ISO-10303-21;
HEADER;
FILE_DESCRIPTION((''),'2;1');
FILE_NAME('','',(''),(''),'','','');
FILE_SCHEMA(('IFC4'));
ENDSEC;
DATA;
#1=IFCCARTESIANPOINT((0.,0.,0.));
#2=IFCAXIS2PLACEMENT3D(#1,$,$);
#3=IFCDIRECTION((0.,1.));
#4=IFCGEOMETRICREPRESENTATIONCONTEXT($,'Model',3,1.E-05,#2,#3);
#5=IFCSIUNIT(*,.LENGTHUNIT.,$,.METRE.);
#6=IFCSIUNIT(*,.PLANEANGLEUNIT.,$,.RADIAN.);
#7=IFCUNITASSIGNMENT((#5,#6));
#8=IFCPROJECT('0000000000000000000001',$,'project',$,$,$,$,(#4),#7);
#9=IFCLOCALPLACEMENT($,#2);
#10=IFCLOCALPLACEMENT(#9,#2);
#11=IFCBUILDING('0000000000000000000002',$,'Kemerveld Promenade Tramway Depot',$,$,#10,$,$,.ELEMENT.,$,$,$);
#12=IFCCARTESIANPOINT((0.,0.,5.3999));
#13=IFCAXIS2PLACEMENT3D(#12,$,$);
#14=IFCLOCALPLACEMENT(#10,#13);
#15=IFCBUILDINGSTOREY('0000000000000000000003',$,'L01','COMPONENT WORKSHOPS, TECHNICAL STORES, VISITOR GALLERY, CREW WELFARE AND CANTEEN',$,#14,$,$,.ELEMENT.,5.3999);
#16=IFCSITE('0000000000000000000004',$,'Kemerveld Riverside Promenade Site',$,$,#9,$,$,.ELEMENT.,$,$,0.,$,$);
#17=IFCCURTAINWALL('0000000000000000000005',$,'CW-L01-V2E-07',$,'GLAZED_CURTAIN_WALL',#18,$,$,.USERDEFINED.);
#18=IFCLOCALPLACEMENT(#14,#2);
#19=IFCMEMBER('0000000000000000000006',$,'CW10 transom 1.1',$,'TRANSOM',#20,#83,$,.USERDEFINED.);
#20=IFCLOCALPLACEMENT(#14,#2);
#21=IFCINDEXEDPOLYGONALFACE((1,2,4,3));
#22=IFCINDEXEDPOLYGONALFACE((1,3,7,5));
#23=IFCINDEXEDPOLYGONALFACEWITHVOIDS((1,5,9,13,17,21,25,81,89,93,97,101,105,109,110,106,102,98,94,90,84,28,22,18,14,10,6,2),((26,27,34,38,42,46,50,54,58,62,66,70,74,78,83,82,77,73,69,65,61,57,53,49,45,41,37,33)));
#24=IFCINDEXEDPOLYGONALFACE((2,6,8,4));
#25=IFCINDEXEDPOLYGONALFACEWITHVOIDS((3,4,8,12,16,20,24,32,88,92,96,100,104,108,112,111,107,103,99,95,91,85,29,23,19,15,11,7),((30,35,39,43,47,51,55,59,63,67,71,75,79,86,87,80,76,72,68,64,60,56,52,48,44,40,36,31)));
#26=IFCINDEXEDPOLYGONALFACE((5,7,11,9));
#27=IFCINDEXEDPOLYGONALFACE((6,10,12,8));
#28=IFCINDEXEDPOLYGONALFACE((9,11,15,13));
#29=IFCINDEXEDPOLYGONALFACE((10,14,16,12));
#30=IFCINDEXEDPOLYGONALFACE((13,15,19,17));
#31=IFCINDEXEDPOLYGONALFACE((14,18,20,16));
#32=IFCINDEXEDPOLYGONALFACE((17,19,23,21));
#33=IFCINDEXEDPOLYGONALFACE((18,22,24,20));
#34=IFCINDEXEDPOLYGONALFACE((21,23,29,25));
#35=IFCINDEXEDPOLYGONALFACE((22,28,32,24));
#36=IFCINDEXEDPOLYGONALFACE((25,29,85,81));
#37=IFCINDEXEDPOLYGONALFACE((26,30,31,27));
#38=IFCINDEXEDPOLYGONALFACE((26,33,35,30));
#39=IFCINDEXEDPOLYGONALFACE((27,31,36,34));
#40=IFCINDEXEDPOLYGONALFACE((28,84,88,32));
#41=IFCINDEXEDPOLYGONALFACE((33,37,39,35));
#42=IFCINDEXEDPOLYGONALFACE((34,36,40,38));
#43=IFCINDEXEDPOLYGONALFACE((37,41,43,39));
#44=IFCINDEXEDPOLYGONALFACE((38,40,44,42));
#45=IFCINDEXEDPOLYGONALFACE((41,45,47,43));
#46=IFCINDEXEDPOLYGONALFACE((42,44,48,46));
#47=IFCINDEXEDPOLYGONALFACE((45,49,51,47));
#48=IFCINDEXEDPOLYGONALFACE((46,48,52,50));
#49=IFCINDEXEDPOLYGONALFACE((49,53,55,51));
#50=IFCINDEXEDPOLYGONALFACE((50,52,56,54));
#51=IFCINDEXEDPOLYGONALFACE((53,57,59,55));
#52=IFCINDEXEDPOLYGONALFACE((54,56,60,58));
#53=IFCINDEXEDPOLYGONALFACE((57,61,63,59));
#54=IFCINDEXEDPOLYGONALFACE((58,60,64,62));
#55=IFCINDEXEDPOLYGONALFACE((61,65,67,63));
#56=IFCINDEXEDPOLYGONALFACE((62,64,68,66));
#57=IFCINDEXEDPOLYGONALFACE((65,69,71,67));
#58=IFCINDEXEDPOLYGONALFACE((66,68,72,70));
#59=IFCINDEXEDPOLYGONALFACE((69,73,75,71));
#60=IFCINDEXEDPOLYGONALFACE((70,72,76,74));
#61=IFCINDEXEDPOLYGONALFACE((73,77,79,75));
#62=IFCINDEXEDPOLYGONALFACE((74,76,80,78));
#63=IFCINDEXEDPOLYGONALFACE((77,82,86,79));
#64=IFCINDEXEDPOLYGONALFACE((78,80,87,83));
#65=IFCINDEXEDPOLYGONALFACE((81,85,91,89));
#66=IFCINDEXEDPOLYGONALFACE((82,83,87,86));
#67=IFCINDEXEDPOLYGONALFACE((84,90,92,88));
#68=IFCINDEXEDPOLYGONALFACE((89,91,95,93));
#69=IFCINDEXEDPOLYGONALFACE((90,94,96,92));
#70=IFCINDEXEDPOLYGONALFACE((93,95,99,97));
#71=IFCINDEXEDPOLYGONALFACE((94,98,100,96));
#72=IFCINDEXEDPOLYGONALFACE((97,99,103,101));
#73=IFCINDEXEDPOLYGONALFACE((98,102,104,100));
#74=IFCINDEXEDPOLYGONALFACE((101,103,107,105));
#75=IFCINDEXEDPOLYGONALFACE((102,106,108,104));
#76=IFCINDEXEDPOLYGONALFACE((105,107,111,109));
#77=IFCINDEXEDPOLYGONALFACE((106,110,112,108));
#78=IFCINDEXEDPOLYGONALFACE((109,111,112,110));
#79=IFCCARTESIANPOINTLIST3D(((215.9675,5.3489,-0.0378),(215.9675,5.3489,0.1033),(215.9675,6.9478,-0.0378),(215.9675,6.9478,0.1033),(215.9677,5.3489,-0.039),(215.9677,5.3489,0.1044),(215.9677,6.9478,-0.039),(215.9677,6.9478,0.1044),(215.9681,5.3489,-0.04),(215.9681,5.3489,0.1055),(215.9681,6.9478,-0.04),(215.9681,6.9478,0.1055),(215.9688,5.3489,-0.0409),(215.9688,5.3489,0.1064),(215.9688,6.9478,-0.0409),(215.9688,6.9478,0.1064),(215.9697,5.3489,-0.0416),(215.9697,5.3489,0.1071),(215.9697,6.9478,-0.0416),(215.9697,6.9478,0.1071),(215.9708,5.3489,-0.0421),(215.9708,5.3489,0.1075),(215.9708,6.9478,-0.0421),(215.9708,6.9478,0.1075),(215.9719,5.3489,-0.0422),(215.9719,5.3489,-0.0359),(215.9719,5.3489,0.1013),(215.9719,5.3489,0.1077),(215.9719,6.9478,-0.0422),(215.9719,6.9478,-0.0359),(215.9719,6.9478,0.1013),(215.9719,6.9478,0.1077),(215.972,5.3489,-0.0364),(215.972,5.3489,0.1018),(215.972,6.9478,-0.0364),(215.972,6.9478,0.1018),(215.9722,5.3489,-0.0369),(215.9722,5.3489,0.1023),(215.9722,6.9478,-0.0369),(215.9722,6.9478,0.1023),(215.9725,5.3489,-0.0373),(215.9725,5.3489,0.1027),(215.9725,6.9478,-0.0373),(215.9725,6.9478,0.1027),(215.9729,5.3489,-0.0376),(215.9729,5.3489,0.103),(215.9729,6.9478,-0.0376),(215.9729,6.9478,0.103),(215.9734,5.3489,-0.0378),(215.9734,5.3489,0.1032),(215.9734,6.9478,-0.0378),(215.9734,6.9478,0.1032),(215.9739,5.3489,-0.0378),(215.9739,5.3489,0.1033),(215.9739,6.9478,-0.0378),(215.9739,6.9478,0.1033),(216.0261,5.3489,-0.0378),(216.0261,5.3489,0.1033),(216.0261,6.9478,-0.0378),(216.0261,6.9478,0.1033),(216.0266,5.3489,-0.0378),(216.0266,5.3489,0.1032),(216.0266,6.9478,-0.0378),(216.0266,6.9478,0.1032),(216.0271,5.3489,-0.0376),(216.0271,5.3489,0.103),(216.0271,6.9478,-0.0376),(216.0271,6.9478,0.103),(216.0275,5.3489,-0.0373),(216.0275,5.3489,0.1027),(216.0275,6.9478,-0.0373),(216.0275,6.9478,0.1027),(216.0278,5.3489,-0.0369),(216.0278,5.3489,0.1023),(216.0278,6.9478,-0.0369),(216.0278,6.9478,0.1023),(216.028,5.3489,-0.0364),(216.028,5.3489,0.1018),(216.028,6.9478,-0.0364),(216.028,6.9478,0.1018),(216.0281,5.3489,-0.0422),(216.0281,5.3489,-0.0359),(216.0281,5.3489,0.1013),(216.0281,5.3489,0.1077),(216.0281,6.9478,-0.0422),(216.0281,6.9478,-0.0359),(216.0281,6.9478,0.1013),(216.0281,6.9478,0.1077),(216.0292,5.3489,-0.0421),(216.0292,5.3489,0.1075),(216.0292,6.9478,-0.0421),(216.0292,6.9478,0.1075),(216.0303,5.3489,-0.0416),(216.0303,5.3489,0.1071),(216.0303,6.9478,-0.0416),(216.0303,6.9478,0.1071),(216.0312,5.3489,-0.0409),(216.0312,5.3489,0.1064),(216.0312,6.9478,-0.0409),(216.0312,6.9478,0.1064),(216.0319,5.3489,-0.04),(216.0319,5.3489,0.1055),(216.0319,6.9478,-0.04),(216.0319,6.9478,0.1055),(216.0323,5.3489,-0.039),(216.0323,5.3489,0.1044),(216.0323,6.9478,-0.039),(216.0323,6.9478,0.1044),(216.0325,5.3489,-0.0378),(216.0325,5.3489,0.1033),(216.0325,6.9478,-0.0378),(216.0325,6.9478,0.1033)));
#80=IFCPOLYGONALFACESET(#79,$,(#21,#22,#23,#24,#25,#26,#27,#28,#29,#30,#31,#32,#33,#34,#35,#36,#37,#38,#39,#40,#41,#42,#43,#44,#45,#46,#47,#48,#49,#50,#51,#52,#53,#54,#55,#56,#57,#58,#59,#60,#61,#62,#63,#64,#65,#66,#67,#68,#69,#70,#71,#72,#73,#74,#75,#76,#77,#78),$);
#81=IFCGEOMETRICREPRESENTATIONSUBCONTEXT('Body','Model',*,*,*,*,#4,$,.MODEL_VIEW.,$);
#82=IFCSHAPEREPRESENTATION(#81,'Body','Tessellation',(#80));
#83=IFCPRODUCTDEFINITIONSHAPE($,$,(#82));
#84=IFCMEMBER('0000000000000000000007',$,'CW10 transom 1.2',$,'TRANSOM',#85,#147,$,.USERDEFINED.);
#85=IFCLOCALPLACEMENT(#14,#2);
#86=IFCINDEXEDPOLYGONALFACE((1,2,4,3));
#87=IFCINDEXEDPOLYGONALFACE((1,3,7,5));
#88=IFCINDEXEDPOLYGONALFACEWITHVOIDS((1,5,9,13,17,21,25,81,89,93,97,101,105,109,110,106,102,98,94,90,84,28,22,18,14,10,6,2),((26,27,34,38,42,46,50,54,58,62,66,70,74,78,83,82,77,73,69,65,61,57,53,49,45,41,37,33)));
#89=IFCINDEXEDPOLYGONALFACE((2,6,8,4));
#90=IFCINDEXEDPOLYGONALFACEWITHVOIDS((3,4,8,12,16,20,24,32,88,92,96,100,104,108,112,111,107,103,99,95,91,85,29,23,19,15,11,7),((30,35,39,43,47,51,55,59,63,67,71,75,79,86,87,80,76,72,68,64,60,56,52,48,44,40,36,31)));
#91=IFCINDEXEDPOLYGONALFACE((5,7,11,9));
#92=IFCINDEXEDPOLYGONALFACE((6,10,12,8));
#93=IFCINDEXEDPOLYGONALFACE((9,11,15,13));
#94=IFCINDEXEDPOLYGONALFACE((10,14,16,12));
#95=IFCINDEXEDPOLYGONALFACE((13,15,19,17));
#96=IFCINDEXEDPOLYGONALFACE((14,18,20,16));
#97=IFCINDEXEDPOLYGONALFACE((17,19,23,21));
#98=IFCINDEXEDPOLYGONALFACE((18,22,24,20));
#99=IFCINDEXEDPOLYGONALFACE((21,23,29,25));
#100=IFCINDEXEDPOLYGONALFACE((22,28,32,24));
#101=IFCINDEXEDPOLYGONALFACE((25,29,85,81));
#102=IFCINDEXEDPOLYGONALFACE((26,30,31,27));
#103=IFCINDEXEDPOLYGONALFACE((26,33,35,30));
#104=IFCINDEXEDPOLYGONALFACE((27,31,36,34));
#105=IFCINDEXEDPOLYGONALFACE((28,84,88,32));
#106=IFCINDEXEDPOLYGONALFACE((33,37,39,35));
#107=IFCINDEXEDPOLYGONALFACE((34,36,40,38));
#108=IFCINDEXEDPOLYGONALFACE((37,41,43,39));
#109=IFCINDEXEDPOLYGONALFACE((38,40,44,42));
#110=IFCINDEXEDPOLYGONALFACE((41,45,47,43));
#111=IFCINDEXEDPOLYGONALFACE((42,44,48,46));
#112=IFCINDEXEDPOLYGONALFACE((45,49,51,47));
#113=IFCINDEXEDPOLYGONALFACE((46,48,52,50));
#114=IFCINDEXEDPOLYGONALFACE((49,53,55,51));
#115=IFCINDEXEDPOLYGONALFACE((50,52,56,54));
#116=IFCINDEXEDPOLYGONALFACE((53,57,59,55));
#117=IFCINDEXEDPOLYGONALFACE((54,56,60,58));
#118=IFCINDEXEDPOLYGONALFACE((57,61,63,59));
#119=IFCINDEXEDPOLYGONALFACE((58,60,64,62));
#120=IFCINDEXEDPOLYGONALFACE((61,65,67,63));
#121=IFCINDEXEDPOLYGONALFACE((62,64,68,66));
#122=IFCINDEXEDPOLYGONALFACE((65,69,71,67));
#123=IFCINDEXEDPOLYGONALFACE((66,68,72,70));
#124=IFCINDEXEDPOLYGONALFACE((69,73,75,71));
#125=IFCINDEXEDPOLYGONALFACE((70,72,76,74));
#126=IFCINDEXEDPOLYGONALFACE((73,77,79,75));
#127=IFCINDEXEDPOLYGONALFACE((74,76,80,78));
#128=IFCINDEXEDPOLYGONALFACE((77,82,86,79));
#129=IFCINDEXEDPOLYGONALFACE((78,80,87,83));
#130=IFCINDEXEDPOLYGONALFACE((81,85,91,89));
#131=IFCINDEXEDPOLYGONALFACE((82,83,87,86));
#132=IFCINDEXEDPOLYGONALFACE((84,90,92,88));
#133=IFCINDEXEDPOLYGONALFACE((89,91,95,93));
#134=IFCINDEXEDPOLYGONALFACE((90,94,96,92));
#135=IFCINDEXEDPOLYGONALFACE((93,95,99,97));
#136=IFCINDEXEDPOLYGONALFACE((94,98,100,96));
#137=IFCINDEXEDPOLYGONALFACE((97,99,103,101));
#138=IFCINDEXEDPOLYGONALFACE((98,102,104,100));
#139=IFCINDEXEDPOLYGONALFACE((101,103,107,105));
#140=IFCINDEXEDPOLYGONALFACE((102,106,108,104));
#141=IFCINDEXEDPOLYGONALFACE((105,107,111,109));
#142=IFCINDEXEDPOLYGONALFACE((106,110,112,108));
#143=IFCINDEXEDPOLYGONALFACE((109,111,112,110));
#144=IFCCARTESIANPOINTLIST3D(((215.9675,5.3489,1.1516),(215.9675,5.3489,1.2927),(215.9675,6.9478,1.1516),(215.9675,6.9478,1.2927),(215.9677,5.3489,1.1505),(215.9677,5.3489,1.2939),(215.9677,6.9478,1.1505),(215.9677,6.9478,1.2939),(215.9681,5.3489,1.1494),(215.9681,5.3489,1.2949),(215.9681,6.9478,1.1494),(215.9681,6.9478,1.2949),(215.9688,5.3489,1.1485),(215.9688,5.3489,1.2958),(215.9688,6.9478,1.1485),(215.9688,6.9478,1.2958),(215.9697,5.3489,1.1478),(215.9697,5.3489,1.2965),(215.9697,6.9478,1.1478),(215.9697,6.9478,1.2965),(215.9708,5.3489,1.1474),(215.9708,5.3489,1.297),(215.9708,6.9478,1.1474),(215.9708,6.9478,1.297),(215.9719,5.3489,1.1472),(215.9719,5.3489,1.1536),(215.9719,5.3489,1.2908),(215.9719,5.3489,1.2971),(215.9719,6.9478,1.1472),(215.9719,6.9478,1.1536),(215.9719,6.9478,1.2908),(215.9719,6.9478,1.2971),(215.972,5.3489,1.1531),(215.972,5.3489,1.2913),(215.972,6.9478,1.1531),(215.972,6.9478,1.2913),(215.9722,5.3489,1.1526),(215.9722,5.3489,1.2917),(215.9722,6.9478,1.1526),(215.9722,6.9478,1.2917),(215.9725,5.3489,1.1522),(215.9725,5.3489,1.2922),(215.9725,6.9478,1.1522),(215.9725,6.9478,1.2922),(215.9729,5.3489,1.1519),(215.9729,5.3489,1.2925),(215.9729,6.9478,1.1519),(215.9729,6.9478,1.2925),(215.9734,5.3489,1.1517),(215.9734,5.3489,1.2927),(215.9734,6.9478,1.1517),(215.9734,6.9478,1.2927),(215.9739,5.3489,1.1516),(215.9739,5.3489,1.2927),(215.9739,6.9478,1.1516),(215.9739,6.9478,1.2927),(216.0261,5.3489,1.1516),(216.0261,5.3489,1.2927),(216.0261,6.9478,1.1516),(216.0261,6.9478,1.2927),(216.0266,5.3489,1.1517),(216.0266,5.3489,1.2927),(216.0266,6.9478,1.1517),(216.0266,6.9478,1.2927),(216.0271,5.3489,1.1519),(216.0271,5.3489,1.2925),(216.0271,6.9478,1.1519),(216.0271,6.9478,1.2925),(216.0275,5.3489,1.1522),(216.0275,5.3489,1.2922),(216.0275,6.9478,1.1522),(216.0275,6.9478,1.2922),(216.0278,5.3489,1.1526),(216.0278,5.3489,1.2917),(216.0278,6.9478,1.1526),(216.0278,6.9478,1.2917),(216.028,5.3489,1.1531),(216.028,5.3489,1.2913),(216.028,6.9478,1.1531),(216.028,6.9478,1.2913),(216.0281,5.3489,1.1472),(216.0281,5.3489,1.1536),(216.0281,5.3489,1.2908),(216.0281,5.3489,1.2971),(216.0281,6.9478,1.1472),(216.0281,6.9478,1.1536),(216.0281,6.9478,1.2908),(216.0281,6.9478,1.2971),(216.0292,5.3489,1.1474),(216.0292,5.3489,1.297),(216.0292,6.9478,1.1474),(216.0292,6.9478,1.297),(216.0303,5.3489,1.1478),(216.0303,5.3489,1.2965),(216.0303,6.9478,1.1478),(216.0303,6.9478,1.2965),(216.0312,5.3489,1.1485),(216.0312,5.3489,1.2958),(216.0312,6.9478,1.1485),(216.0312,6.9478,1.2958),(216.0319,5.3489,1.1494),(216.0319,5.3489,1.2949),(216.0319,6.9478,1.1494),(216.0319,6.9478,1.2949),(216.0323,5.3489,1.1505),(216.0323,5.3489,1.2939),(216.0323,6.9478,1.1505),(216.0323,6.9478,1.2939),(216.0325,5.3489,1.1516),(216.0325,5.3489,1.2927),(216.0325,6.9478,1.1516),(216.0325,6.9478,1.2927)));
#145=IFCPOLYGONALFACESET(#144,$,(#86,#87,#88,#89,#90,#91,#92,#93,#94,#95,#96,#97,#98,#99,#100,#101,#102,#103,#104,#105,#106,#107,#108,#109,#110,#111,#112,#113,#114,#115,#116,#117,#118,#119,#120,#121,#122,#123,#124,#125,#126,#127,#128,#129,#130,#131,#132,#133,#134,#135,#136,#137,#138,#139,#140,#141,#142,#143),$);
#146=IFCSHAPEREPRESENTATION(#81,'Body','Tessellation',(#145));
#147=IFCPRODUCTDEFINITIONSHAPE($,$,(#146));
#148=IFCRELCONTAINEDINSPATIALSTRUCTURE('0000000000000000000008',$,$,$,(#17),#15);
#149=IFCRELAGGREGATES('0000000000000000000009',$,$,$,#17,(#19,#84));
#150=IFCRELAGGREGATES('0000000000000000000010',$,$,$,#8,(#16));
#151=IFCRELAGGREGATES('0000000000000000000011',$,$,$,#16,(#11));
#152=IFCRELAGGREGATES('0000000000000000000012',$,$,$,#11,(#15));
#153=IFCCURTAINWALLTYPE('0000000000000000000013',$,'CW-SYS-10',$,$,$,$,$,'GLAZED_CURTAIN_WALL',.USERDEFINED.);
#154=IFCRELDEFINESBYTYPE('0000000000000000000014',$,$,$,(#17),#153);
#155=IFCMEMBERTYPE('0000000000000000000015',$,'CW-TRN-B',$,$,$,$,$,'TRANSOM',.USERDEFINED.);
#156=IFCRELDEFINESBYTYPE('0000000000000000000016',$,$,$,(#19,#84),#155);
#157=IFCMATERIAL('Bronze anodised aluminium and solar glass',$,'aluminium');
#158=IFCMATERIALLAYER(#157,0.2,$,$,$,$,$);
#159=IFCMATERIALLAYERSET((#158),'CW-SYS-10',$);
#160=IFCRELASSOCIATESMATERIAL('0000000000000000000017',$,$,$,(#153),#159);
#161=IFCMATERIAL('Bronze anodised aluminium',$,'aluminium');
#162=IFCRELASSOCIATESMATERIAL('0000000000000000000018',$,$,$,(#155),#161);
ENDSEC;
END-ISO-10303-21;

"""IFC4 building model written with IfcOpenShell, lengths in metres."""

from ifc_helpers import new_model, si_unit, direction, frame, origin, origin_2d, place, context, subcontext, project, spatial, hollow_rectangle, extrude, material, layer, layer_set, material_profile, profile_set, type_object, element, aggregate, save


model = new_model("IFC4")

# Units and contexts
model_context = context("Model", 3, precision=1e-05, world=origin(), true_north=direction((0.0, 1.0)))
body_context = subcontext(model_context, "Body", "Model", "MODEL_VIEW")
ifc_project = project(units=[si_unit("LENGTHUNIT", "METRE"), si_unit("PLANEANGLEUNIT", "RADIAN")], contexts=[model_context])

# Site, building, storey
site_placement = place(None, origin())
site = spatial("IfcSite", under=ifc_project, at=site_placement, Name="Kemerveld Riverside Promenade Site", CompositionType="ELEMENT", RefElevation=0.0)
building_placement = place(site_placement, origin())
building = spatial("IfcBuilding", under=site, at=building_placement, Name="Kemerveld Promenade Tramway Depot", CompositionType="ELEMENT")
storey_placement = place(building_placement, frame((0.0, 0.0, 5.3999)))
storey = spatial("IfcBuildingStorey", under=building, at=storey_placement, Name="L01", Description="COMPONENT WORKSHOPS, TECHNICAL STORES, VISITOR GALLERY, CREW WELFARE AND CANTEEN", CompositionType="ELEMENT", Elevation=5.3999)

# Curtain wall, members
ifc_material_1 = material(Name="Bronze anodised aluminium and solar glass", Category="aluminium")
ifc_layer_1 = layer(ifc_material_1, 0.2)
ifc_layer_set_1 = layer_set([ifc_layer_1], Name="CW-SYS-10")
curtain_wall_type = type_object("IfcCurtainWallType", Name="CW-SYS-10", ElementType="GLAZED_CURTAIN_WALL", PredefinedType="USERDEFINED", material=ifc_layer_set_1)
curtain_wall_placement = place(storey_placement, origin())
curtain_wall = element("IfcCurtainWall", 1, at=curtain_wall_placement, inside=storey, type_object=curtain_wall_type, Name="CW-L01-V2E-07", ObjectType="GLAZED_CURTAIN_WALL", PredefinedType="USERDEFINED")
ifc_material_2 = material(Name="Bronze anodised aluminium", Category="aluminium")
ifc_material_profile_1 = material_profile(ifc_material_2, hollow_rectangle(XDim=0.0649, YDim=0.1499, WallThickness=0.0044, InnerFilletRadius=0.002, OuterFilletRadius=0.0044, at=origin_2d()), Name="CW-TRN-150x65")
ifc_profile_set_1 = profile_set([ifc_material_profile_1], Name="Bronze anodised aluminium")
member_type_1 = type_object("IfcMemberType", Name="CW-TRN-B", ElementType="TRANSOM", PredefinedType="USERDEFINED", material=ifc_profile_set_1)
member_1_placement = place(storey_placement, frame((216.0, 6.9478, 0.0327), z_axis=(0.0, -1.0, 0.0), x_axis=(1.0, 0.0, 0.0)))
member_1 = element("IfcMember", 2, at=member_1_placement, type_object=member_type_1, Name="CW10 transom 1.1", ObjectType="TRANSOM", PredefinedType="USERDEFINED", context=body_context, shape_type="SweptSolid", body=[
    extrude(hollow_rectangle(XDim=0.0649, YDim=0.1499, WallThickness=0.0044, InnerFilletRadius=0.002, OuterFilletRadius=0.0044, at=origin_2d()), origin(), (0.0, 0.0, 1.0), 1.5989),
])
member_2_placement = place(storey_placement, frame((216.0, 6.9478, 1.2222), z_axis=(0.0, -1.0, 0.0), x_axis=(1.0, 0.0, 0.0)))
member_2 = element("IfcMember", 3, at=member_2_placement, type_object=member_type_1, Name="CW10 transom 1.2", ObjectType="TRANSOM", PredefinedType="USERDEFINED", context=body_context, shape_type="SweptSolid", body=[
    extrude(hollow_rectangle(XDim=0.0649, YDim=0.1499, WallThickness=0.0044, InnerFilletRadius=0.002, OuterFilletRadius=0.0044, at=origin_2d()), origin(), (0.0, 0.0, 1.0), 1.5989),
])
aggregate(curtain_wall, [member_1, member_2])

save(model, "model.ifc")
